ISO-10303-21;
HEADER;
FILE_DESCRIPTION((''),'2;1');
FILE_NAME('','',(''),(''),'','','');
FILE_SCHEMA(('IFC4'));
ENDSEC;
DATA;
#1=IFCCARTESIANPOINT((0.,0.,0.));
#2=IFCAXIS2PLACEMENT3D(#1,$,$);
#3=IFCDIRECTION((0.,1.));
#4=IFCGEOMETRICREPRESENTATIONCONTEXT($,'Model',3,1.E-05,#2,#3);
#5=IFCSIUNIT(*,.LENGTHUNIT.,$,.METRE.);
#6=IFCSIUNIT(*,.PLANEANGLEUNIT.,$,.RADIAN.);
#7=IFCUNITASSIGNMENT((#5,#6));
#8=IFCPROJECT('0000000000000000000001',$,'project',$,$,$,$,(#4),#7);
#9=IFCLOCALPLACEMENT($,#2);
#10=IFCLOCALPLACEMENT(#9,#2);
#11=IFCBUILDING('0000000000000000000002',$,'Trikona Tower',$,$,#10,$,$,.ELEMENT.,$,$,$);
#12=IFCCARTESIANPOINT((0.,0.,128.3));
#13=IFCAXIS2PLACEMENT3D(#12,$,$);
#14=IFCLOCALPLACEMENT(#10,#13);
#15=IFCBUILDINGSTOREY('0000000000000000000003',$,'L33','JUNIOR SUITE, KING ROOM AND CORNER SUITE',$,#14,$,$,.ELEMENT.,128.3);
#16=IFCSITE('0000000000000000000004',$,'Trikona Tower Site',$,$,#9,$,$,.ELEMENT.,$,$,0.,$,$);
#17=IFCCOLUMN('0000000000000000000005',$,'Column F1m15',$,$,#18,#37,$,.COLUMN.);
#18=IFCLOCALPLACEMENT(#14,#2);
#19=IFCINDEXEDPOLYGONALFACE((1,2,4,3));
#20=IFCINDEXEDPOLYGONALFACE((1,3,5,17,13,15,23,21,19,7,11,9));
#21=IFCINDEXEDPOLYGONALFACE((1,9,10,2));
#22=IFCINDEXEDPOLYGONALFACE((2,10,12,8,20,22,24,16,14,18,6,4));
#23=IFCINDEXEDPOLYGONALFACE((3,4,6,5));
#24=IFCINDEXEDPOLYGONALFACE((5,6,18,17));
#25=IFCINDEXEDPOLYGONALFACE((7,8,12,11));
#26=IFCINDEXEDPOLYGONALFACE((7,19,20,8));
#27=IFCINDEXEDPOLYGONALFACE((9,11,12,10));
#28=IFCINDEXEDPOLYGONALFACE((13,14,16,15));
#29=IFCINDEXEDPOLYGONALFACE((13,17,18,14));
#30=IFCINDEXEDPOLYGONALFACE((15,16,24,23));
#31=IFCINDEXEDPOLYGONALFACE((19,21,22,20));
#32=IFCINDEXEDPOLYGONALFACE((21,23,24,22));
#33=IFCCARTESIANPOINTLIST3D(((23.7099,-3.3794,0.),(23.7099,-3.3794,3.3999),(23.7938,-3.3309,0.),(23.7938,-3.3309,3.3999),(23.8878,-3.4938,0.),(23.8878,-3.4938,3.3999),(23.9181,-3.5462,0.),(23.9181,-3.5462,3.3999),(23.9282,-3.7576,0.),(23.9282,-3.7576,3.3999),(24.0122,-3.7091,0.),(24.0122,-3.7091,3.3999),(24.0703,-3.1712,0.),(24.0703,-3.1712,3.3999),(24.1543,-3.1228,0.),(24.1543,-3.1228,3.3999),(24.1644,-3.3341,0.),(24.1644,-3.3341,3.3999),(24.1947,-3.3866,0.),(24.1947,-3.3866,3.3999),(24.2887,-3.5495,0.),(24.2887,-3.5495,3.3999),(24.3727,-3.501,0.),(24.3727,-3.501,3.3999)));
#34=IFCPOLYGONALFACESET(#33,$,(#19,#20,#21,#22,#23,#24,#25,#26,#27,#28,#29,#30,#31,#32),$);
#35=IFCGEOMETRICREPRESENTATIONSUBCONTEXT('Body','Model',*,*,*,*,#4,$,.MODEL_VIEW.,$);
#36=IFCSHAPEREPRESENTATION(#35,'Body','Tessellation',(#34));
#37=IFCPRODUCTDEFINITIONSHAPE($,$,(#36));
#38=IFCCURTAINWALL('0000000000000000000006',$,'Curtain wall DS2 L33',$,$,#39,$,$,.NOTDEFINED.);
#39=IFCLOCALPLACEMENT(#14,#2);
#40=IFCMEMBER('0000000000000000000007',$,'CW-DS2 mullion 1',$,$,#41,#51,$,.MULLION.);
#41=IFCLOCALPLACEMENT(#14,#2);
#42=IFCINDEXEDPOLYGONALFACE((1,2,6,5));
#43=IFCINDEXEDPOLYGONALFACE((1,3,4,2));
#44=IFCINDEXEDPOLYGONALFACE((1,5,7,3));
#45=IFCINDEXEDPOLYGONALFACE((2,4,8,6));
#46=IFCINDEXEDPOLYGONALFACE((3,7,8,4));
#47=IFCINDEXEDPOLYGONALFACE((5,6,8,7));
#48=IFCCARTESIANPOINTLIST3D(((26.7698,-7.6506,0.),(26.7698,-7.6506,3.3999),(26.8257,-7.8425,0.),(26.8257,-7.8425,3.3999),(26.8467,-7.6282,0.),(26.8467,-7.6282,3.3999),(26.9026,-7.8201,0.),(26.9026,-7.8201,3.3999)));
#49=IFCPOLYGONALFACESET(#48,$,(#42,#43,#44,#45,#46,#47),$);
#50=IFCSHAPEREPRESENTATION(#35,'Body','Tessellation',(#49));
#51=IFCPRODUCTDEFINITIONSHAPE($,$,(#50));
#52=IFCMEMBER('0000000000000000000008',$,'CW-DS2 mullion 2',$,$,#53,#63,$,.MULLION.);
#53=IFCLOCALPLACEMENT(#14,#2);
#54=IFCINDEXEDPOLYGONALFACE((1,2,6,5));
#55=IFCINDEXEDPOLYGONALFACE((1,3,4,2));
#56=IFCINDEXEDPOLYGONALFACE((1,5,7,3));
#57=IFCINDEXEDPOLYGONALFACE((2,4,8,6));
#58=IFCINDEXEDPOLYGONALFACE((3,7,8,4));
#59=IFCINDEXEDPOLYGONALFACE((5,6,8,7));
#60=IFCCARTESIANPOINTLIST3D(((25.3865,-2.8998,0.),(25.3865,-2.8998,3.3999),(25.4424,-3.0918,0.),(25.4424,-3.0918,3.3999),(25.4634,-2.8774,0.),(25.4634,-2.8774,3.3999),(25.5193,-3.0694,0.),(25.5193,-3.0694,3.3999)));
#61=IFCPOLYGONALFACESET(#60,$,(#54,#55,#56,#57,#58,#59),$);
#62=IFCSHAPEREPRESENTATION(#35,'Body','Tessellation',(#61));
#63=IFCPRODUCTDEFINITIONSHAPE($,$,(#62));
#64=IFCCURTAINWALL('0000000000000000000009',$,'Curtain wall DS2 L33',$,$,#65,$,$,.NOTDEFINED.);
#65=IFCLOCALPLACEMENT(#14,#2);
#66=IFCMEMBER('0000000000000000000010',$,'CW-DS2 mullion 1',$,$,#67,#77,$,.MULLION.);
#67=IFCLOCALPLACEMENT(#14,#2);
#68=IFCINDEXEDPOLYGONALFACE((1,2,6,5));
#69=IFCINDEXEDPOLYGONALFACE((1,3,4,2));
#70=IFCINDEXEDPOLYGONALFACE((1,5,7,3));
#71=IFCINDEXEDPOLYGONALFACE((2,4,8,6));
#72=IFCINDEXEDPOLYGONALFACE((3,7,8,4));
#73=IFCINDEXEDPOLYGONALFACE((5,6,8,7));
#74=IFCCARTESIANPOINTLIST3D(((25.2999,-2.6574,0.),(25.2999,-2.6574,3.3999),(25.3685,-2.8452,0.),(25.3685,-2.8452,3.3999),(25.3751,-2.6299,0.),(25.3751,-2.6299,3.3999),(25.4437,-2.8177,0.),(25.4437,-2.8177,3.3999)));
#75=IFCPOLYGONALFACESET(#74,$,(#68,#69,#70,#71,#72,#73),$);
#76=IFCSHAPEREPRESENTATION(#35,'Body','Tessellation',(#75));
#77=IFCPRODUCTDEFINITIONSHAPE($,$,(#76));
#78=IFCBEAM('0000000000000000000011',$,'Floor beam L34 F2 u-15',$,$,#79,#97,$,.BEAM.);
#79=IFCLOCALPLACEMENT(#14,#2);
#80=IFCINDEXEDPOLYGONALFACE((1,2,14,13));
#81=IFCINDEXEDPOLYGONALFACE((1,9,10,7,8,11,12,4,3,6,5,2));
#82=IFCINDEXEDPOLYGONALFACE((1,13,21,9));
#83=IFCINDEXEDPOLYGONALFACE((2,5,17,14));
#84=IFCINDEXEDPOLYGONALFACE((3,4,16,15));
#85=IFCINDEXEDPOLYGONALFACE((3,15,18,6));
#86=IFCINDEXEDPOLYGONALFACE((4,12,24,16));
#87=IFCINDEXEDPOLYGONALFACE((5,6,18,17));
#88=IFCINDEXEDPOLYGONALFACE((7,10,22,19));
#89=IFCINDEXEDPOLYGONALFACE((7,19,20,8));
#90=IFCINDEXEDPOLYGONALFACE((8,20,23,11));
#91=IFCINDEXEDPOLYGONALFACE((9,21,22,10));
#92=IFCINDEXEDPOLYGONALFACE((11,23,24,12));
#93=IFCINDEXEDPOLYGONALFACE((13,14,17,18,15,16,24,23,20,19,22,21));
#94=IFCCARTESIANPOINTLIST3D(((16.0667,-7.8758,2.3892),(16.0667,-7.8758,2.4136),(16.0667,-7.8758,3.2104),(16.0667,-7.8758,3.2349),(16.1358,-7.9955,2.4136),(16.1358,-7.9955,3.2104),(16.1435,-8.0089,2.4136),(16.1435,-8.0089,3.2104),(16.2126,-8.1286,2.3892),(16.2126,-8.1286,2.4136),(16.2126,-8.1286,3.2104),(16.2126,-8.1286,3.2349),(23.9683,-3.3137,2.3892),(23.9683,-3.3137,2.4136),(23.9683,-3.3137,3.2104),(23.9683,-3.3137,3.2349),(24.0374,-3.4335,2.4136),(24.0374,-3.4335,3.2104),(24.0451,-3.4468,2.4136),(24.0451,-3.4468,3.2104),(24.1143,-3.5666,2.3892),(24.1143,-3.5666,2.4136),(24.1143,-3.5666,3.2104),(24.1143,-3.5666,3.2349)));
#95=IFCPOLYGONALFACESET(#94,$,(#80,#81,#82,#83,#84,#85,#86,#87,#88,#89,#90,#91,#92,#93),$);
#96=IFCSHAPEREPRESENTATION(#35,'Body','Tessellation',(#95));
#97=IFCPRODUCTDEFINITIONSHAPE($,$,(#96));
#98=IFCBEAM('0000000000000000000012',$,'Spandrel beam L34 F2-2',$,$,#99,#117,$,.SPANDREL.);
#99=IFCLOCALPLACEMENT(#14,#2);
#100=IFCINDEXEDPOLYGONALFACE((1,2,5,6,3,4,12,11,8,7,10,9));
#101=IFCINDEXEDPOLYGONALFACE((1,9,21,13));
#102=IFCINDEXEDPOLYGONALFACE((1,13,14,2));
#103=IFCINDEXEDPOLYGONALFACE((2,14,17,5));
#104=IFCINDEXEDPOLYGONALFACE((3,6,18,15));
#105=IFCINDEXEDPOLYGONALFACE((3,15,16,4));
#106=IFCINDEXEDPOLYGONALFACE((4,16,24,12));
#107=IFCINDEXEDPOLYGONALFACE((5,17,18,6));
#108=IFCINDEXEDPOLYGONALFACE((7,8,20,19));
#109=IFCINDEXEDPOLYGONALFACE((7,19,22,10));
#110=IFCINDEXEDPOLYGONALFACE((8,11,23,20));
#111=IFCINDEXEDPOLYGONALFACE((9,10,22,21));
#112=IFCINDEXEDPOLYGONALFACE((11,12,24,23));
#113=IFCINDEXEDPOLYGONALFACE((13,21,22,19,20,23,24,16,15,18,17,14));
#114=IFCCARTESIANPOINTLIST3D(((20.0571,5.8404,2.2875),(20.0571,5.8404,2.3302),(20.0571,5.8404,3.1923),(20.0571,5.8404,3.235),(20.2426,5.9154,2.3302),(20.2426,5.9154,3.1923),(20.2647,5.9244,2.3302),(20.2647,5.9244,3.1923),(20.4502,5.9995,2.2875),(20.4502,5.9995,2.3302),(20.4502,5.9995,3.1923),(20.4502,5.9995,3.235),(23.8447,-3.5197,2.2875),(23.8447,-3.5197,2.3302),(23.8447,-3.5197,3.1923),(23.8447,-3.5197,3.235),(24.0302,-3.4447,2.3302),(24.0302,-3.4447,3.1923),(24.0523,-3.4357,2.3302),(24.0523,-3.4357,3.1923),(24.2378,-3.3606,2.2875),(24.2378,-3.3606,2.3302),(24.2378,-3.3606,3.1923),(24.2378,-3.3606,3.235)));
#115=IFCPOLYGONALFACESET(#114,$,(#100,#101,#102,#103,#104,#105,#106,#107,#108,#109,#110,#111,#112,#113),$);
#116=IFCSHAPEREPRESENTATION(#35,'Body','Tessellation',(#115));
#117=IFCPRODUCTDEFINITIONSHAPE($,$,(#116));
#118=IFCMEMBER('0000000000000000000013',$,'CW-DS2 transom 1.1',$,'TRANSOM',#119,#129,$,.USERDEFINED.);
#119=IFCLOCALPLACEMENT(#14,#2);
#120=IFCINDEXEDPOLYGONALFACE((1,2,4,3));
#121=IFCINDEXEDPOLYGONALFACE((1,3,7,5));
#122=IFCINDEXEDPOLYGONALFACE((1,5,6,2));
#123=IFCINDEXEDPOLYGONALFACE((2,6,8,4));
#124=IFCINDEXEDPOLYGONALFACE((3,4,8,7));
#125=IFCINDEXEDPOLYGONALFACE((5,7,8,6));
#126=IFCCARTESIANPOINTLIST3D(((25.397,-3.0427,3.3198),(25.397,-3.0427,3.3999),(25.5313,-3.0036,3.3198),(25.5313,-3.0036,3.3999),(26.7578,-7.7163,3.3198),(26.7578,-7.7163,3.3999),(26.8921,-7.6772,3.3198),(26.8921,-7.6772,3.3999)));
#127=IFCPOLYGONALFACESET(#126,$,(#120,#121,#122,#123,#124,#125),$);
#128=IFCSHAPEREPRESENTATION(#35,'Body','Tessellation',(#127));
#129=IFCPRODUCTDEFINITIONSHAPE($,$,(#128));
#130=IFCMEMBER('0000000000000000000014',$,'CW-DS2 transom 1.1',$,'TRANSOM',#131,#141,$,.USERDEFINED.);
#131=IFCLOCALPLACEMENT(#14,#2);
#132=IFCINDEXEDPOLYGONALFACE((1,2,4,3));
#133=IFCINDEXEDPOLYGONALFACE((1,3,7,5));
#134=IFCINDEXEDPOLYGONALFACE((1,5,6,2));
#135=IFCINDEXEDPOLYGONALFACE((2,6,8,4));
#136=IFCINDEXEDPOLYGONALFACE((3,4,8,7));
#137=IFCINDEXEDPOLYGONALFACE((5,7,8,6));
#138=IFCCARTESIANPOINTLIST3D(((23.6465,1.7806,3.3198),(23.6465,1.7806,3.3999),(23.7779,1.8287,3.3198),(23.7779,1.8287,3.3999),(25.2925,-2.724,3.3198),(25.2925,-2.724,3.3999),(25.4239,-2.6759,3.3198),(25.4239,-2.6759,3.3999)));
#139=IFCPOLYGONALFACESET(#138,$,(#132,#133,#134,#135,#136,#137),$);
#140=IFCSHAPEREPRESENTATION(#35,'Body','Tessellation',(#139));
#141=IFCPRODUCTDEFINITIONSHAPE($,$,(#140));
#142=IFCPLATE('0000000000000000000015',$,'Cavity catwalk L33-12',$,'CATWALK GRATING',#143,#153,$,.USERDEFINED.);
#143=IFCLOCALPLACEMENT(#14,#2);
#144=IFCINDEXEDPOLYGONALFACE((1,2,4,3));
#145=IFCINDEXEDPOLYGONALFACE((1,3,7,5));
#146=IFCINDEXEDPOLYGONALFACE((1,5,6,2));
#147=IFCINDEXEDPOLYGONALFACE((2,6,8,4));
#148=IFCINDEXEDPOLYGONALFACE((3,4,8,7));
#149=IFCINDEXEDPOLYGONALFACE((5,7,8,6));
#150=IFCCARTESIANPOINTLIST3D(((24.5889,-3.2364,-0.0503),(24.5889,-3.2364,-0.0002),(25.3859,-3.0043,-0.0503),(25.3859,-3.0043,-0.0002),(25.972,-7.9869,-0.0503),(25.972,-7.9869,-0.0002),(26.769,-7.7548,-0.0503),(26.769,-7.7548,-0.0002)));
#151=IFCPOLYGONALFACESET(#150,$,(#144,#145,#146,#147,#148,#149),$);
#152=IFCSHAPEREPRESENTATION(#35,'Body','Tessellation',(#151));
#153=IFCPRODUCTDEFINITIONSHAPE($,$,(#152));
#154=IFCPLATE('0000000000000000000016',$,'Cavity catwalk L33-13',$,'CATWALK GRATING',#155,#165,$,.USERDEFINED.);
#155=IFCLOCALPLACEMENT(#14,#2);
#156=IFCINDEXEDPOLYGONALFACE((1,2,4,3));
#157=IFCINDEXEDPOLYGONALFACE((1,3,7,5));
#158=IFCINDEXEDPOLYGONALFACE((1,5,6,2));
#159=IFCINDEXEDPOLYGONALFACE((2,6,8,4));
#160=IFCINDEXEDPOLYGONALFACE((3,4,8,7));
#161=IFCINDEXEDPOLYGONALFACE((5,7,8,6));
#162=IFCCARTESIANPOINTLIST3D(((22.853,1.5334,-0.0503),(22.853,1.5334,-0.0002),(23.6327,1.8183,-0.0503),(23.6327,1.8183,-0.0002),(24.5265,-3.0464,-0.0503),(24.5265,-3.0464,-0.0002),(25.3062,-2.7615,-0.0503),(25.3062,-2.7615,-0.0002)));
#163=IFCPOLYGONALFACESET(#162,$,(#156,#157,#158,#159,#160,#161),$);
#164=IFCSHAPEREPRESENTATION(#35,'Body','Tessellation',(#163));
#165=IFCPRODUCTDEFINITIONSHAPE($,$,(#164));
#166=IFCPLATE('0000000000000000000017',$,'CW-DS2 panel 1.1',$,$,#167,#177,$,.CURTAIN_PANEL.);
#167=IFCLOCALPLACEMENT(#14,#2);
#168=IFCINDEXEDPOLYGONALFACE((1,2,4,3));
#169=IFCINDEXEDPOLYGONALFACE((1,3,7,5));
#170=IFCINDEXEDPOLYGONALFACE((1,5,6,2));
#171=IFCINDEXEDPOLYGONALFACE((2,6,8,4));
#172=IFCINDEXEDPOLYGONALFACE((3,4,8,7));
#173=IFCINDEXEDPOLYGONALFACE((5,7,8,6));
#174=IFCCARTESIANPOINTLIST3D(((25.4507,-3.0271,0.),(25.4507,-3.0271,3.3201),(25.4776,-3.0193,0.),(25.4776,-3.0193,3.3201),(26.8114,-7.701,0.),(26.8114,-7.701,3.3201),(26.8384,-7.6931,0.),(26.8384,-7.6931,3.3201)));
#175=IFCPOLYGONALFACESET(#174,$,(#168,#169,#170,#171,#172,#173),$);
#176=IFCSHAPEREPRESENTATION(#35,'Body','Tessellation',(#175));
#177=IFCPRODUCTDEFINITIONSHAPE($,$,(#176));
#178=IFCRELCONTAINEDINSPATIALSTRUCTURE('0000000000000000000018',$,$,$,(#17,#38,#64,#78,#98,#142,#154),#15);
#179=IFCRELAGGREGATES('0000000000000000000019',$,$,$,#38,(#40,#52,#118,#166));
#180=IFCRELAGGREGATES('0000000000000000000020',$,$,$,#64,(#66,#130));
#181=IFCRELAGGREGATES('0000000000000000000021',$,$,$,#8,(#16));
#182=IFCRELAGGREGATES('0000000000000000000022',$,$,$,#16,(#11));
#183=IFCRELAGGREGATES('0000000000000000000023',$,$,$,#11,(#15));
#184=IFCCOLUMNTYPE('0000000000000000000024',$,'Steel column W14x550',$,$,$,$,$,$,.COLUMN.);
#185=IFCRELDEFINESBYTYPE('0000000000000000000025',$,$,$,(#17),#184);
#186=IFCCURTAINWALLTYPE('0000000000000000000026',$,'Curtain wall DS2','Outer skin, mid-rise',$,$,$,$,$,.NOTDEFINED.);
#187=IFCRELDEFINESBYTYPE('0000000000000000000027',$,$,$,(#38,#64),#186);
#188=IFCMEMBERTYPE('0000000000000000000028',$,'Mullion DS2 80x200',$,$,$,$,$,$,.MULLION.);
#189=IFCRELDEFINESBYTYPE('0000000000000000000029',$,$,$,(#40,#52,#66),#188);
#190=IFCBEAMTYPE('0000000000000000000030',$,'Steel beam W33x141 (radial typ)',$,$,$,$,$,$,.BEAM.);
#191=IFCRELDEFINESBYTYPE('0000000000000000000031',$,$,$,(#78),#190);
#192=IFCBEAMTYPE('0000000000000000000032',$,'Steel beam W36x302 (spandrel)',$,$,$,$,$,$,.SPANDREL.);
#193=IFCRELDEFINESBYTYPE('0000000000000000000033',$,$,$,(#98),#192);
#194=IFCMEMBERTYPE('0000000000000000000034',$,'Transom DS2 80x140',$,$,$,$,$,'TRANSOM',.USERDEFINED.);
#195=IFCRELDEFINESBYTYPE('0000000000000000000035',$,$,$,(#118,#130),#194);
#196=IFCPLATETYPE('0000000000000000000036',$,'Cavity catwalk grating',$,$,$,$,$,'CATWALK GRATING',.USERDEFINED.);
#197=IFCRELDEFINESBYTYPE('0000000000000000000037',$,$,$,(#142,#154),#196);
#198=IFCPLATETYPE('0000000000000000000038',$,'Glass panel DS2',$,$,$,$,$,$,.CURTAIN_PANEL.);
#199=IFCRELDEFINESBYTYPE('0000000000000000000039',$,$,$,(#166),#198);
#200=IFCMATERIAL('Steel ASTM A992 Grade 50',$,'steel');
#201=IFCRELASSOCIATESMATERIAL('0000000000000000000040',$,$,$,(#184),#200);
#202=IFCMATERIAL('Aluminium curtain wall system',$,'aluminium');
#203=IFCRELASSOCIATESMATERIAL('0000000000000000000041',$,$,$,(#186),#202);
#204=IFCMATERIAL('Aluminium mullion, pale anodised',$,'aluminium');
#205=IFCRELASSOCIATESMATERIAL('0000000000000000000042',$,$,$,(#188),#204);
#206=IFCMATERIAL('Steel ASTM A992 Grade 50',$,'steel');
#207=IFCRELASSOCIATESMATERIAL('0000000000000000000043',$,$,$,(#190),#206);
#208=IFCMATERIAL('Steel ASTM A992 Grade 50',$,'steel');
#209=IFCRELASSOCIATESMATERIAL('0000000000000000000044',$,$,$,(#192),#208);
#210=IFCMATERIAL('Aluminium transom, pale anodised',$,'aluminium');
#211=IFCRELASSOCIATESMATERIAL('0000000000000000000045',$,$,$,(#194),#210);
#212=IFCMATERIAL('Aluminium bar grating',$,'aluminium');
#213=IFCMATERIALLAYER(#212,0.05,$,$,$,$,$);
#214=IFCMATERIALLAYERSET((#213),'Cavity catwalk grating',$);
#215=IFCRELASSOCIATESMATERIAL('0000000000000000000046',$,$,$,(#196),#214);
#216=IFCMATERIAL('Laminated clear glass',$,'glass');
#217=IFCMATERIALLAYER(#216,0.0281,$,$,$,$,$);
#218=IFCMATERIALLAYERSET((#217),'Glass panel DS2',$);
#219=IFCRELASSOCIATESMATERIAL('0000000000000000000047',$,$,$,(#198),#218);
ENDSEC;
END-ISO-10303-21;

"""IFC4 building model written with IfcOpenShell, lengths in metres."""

from ifc_helpers import new_model, si_unit, direction, frame, origin, origin_2d, place, context, subcontext, project, spatial, rectangle, i_section, extrude, material, layer, layer_set, material_profile, profile_set, type_object, element, aggregate, save


model = new_model("IFC4")

# Units and contexts
model_context = context("Model", 3, precision=1e-05, world=origin(), true_north=direction((0.0, 1.0)))
body_context = subcontext(model_context, "Body", "Model", "MODEL_VIEW")
ifc_project = project(units=[si_unit("LENGTHUNIT", "METRE"), si_unit("PLANEANGLEUNIT", "RADIAN")], contexts=[model_context])

# Site, building, storey
site_placement = place(None, origin())
site = spatial("IfcSite", under=ifc_project, at=site_placement, Name="Trikona Tower Site", CompositionType="ELEMENT", RefElevation=0.0)
building_placement = place(site_placement, origin())
building = spatial("IfcBuilding", under=site, at=building_placement, Name="Trikona Tower", CompositionType="ELEMENT")
storey_placement = place(building_placement, frame((0.0, 0.0, 128.3)))
storey = spatial("IfcBuildingStorey", under=building, at=storey_placement, Name="L33", Description="JUNIOR SUITE, KING ROOM AND CORNER SUITE", CompositionType="ELEMENT", Elevation=128.3)

# Column
ifc_material_1 = material(Name="Steel ASTM A992 Grade 50", Category="steel")
ifc_material_profile_1 = material_profile(ifc_material_1, i_section(OverallWidth=0.4368, OverallDepth=0.5132, WebThickness=0.0605, FlangeThickness=0.0969, at=origin_2d()), Name="W14X550")
ifc_profile_set_1 = profile_set([ifc_material_profile_1], Name="Steel ASTM A992 Grade 50")
column_type = type_object("IfcColumnType", Name="Steel column W14x550", PredefinedType="COLUMN", material=ifc_profile_set_1)
column_placement = place(storey_placement, frame((24.0413, -3.4402, 0.0), z_axis=(0.0, 0.0, 1.0), x_axis=(-0.5, 0.866025, 0.0)))
element("IfcColumn", 1, at=column_placement, inside=storey, type_object=column_type, Name="Column F1m15", PredefinedType="COLUMN", context=body_context, shape_type="SweptSolid", body=[
    extrude(i_section(OverallWidth=0.4368, OverallDepth=0.5132, WebThickness=0.0605, FlangeThickness=0.0969, at=origin_2d()), origin(), (0.0, 0.0, 1.0), 3.3999),
])

# Curtain wall, members
ifc_material_2 = material(Name="Aluminium curtain wall system", Category="aluminium")
curtain_wall_type = type_object("IfcCurtainWallType", Name="Curtain wall DS2", Description="Outer skin, mid-rise", PredefinedType="NOTDEFINED", material=ifc_material_2)
curtain_wall_1_placement = place(storey_placement, origin())
curtain_wall_1 = element("IfcCurtainWall", 2, at=curtain_wall_1_placement, inside=storey, type_object=curtain_wall_type, Name="Curtain wall DS2 L33", PredefinedType="NOTDEFINED")
ifc_material_3 = material(Name="Aluminium mullion, pale anodised", Category="aluminium")
ifc_material_profile_2 = material_profile(ifc_material_3, rectangle(XDim=0.0801, YDim=0.2, at=origin_2d()), Name="MUL-DS2")
ifc_profile_set_2 = profile_set([ifc_material_profile_2], Name="Aluminium mullion, pale anodised")
member_type_1 = type_object("IfcMemberType", Name="Mullion DS2 80x200", PredefinedType="MULLION", material=ifc_profile_set_2)
member_1_placement = place(storey_placement, frame((26.8362, -7.7354, 0.0), z_axis=(0.0, 0.0, 1.0), x_axis=(-0.960133, -0.279543, 0.0)))
member_1 = element("IfcMember", 3, at=member_1_placement, type_object=member_type_1, Name="CW-DS2 mullion 1", PredefinedType="MULLION", context=body_context, shape_type="SweptSolid", body=[
    extrude(rectangle(XDim=0.0801, YDim=0.2, at=origin_2d()), origin(), (0.0, 0.0, 1.0), 3.3999),
])
member_2_placement = place(storey_placement, frame((25.4529, -2.9846, 0.0), z_axis=(0.0, 0.0, 1.0), x_axis=(-0.960133, -0.279543, 0.0)))
member_2 = element("IfcMember", 4, at=member_2_placement, type_object=member_type_1, Name="CW-DS2 mullion 2", PredefinedType="MULLION", context=body_context, shape_type="SweptSolid", body=[
    extrude(rectangle(XDim=0.0801, YDim=0.2, at=origin_2d()), origin(), (0.0, 0.0, 1.0), 3.3999),
])

# Curtain wall, member
curtain_wall_2_placement = place(storey_placement, origin())
curtain_wall_2 = element("IfcCurtainWall", 5, at=curtain_wall_2_placement, inside=storey, type_object=curtain_wall_type, Name="Curtain wall DS2 L33", PredefinedType="NOTDEFINED")
member_3_placement = place(storey_placement, frame((25.3718, -2.7375, 0.0), z_axis=(0.0, 0.0, 1.0), x_axis=(-0.939254, -0.343223, 0.0)))
member_3 = element("IfcMember", 6, at=member_3_placement, type_object=member_type_1, Name="CW-DS2 mullion 1", PredefinedType="MULLION", context=body_context, shape_type="SweptSolid", body=[
    extrude(rectangle(XDim=0.0801, YDim=0.2, at=origin_2d()), origin(), (0.0, 0.0, 1.0), 3.3999),
])

# Beams
ifc_material_4 = material(Name="Steel ASTM A992 Grade 50", Category="steel")
ifc_material_profile_3 = material_profile(ifc_material_4, i_section(OverallWidth=0.292, OverallDepth=0.8457, WebThickness=0.0154, FlangeThickness=0.0244, at=origin_2d()), Name="W33X141")
ifc_profile_set_3 = profile_set([ifc_material_profile_3], Name="Steel ASTM A992 Grade 50")
beam_type_1 = type_object("IfcBeamType", Name="Steel beam W33x141 (radial typ)", PredefinedType="BEAM", material=ifc_profile_set_3)
beam_1_placement = place(storey_placement, frame((16.1396, -8.0022, 2.812), z_axis=(0.866025, 0.500001, 0.0), x_axis=(-0.500001, 0.866025, 0.0)))
element("IfcBeam", 7, at=beam_1_placement, inside=storey, type_object=beam_type_1, Name="Floor beam L34 F2 u-15", PredefinedType="BEAM", context=body_context, shape_type="SweptSolid", body=[
    extrude(i_section(OverallWidth=0.292, OverallDepth=0.8457, WebThickness=0.0154, FlangeThickness=0.0244, at=origin_2d()), origin(), (0.0, 0.0, 1.0), 9.124),
])
ifc_material_5 = material(Name="Steel ASTM A992 Grade 50", Category="steel")
ifc_material_profile_4 = material_profile(ifc_material_5, i_section(OverallWidth=0.4241, OverallDepth=0.9475, WebThickness=0.0239, FlangeThickness=0.0427, at=origin_2d()), Name="W36X302")
ifc_profile_set_4 = profile_set([ifc_material_profile_4], Name="Steel ASTM A992 Grade 50")
beam_type_2 = type_object("IfcBeamType", Name="Steel beam W36x302 (spandrel)", PredefinedType="SPANDREL", material=ifc_profile_set_4)
beam_2_placement = place(storey_placement, frame((24.0413, -3.4402, 2.7612), z_axis=(-0.375106, 0.926982, 0.0), x_axis=(-0.926982, -0.375106, 0.0)))
element("IfcBeam", 8, at=beam_2_placement, inside=storey, type_object=beam_type_2, Name="Spandrel beam L34 F2-2", PredefinedType="SPANDREL", context=body_context, shape_type="SweptSolid", body=[
    extrude(i_section(OverallWidth=0.4241, OverallDepth=0.9475, WebThickness=0.0239, FlangeThickness=0.0427, at=origin_2d()), origin(), (0.0, 0.0, 1.0), 10.0974),
])

# Members
ifc_material_6 = material(Name="Aluminium transom, pale anodised", Category="aluminium")
ifc_material_profile_5 = material_profile(ifc_material_6, rectangle(XDim=0.1399, YDim=0.0801, at=origin_2d()), Name="TRN-DS2")
ifc_profile_set_5 = profile_set([ifc_material_profile_5], Name="Aluminium transom, pale anodised")
member_type_2 = type_object("IfcMemberType", Name="Transom DS2 80x140", ElementType="TRANSOM", PredefinedType="USERDEFINED", material=ifc_profile_set_5)
member_4_placement = place(storey_placement, frame((26.825, -7.6968, 3.3599), z_axis=(-0.279567, 0.960126, 0.0), x_axis=(-0.960126, -0.279567, 0.0)))
member_4 = element("IfcMember", 9, at=member_4_placement, type_object=member_type_2, Name="CW-DS2 transom 1.1", ObjectType="TRANSOM", PredefinedType="USERDEFINED", context=body_context, shape_type="SweptSolid", body=[
    extrude(rectangle(XDim=0.1399, YDim=0.0801, at=origin_2d()), origin(), (0.0, 0.0, 1.0), 4.8677),
])
member_5_placement = place(storey_placement, frame((25.3582, -2.7, 3.3599), z_axis=(-0.343206, 0.93926, 0.0), x_axis=(-0.93926, -0.343206, 0.0)))
member_5 = element("IfcMember", 10, at=member_5_placement, type_object=member_type_2, Name="CW-DS2 transom 1.1", ObjectType="TRANSOM", PredefinedType="USERDEFINED", context=body_context, shape_type="SweptSolid", body=[
    extrude(rectangle(XDim=0.1399, YDim=0.0801, at=origin_2d()), origin(), (0.0, 0.0, 1.0), 4.7959),
])

# Plates
ifc_material_7 = material(Name="Aluminium bar grating", Category="aluminium")
ifc_layer_1 = layer(ifc_material_7, 0.05)
ifc_layer_set_1 = layer_set([ifc_layer_1], Name="Cavity catwalk grating")
plate_type_1 = type_object("IfcPlateType", Name="Cavity catwalk grating", ElementType="CATWALK GRATING", PredefinedType="USERDEFINED", material=ifc_layer_set_1)
plate_1_placement = place(storey_placement, frame((25.679, -5.4956, -0.0503), z_axis=(0.0, 0.0, 1.0), x_axis=(-0.279554, 0.96013, 0.0)))
element("IfcPlate", 11, at=plate_1_placement, inside=storey, type_object=plate_type_1, Name="Cavity catwalk L33-12", ObjectType="CATWALK GRATING", PredefinedType="USERDEFINED", context=body_context, shape_type="SweptSolid", body=[
    extrude(rectangle(XDim=4.9478, YDim=0.8301, at=origin_2d()), origin(), (0.0, 0.0, 1.0), 0.05),
])
plate_2_placement = place(storey_placement, frame((24.0796, -0.614, -0.0503), z_axis=(0.0, 0.0, 1.0), x_axis=(-0.34322, 0.939255, 0.0)))
element("IfcPlate", 12, at=plate_2_placement, inside=storey, type_object=plate_type_1, Name="Cavity catwalk L33-13", ObjectType="CATWALK GRATING", PredefinedType="USERDEFINED", context=body_context, shape_type="SweptSolid", body=[
    extrude(rectangle(XDim=4.876, YDim=0.8301, at=origin_2d()), origin(), (0.0, 0.0, 1.0), 0.05),
])

# Plate
ifc_material_8 = material(Name="Laminated clear glass", Category="glass")
ifc_layer_2 = layer(ifc_material_8, 0.0281)
ifc_layer_set_2 = layer_set([ifc_layer_2], Name="Glass panel DS2")
plate_type_2 = type_object("IfcPlateType", Name="Glass panel DS2", PredefinedType="CURTAIN_PANEL", material=ifc_layer_set_2)
plate_3_placement = place(storey_placement, frame((26.1445, -5.3601, 0.0), z_axis=(0.0, 0.0, 1.0), x_axis=(-0.279543, 0.960133, 0.0)))
plate_3 = element("IfcPlate", 13, at=plate_3_placement, type_object=plate_type_2, Name="CW-DS2 panel 1.1", PredefinedType="CURTAIN_PANEL", context=body_context, shape_type="SweptSolid", body=[
    extrude(rectangle(XDim=4.8679, YDim=0.0281, at=origin_2d()), origin(), (0.0, 0.0, 1.0), 3.3201),
])
aggregate(curtain_wall_1, [member_1, member_2, member_4, plate_3])
aggregate(curtain_wall_2, [member_3, member_5])

save(model, "model.ifc")
